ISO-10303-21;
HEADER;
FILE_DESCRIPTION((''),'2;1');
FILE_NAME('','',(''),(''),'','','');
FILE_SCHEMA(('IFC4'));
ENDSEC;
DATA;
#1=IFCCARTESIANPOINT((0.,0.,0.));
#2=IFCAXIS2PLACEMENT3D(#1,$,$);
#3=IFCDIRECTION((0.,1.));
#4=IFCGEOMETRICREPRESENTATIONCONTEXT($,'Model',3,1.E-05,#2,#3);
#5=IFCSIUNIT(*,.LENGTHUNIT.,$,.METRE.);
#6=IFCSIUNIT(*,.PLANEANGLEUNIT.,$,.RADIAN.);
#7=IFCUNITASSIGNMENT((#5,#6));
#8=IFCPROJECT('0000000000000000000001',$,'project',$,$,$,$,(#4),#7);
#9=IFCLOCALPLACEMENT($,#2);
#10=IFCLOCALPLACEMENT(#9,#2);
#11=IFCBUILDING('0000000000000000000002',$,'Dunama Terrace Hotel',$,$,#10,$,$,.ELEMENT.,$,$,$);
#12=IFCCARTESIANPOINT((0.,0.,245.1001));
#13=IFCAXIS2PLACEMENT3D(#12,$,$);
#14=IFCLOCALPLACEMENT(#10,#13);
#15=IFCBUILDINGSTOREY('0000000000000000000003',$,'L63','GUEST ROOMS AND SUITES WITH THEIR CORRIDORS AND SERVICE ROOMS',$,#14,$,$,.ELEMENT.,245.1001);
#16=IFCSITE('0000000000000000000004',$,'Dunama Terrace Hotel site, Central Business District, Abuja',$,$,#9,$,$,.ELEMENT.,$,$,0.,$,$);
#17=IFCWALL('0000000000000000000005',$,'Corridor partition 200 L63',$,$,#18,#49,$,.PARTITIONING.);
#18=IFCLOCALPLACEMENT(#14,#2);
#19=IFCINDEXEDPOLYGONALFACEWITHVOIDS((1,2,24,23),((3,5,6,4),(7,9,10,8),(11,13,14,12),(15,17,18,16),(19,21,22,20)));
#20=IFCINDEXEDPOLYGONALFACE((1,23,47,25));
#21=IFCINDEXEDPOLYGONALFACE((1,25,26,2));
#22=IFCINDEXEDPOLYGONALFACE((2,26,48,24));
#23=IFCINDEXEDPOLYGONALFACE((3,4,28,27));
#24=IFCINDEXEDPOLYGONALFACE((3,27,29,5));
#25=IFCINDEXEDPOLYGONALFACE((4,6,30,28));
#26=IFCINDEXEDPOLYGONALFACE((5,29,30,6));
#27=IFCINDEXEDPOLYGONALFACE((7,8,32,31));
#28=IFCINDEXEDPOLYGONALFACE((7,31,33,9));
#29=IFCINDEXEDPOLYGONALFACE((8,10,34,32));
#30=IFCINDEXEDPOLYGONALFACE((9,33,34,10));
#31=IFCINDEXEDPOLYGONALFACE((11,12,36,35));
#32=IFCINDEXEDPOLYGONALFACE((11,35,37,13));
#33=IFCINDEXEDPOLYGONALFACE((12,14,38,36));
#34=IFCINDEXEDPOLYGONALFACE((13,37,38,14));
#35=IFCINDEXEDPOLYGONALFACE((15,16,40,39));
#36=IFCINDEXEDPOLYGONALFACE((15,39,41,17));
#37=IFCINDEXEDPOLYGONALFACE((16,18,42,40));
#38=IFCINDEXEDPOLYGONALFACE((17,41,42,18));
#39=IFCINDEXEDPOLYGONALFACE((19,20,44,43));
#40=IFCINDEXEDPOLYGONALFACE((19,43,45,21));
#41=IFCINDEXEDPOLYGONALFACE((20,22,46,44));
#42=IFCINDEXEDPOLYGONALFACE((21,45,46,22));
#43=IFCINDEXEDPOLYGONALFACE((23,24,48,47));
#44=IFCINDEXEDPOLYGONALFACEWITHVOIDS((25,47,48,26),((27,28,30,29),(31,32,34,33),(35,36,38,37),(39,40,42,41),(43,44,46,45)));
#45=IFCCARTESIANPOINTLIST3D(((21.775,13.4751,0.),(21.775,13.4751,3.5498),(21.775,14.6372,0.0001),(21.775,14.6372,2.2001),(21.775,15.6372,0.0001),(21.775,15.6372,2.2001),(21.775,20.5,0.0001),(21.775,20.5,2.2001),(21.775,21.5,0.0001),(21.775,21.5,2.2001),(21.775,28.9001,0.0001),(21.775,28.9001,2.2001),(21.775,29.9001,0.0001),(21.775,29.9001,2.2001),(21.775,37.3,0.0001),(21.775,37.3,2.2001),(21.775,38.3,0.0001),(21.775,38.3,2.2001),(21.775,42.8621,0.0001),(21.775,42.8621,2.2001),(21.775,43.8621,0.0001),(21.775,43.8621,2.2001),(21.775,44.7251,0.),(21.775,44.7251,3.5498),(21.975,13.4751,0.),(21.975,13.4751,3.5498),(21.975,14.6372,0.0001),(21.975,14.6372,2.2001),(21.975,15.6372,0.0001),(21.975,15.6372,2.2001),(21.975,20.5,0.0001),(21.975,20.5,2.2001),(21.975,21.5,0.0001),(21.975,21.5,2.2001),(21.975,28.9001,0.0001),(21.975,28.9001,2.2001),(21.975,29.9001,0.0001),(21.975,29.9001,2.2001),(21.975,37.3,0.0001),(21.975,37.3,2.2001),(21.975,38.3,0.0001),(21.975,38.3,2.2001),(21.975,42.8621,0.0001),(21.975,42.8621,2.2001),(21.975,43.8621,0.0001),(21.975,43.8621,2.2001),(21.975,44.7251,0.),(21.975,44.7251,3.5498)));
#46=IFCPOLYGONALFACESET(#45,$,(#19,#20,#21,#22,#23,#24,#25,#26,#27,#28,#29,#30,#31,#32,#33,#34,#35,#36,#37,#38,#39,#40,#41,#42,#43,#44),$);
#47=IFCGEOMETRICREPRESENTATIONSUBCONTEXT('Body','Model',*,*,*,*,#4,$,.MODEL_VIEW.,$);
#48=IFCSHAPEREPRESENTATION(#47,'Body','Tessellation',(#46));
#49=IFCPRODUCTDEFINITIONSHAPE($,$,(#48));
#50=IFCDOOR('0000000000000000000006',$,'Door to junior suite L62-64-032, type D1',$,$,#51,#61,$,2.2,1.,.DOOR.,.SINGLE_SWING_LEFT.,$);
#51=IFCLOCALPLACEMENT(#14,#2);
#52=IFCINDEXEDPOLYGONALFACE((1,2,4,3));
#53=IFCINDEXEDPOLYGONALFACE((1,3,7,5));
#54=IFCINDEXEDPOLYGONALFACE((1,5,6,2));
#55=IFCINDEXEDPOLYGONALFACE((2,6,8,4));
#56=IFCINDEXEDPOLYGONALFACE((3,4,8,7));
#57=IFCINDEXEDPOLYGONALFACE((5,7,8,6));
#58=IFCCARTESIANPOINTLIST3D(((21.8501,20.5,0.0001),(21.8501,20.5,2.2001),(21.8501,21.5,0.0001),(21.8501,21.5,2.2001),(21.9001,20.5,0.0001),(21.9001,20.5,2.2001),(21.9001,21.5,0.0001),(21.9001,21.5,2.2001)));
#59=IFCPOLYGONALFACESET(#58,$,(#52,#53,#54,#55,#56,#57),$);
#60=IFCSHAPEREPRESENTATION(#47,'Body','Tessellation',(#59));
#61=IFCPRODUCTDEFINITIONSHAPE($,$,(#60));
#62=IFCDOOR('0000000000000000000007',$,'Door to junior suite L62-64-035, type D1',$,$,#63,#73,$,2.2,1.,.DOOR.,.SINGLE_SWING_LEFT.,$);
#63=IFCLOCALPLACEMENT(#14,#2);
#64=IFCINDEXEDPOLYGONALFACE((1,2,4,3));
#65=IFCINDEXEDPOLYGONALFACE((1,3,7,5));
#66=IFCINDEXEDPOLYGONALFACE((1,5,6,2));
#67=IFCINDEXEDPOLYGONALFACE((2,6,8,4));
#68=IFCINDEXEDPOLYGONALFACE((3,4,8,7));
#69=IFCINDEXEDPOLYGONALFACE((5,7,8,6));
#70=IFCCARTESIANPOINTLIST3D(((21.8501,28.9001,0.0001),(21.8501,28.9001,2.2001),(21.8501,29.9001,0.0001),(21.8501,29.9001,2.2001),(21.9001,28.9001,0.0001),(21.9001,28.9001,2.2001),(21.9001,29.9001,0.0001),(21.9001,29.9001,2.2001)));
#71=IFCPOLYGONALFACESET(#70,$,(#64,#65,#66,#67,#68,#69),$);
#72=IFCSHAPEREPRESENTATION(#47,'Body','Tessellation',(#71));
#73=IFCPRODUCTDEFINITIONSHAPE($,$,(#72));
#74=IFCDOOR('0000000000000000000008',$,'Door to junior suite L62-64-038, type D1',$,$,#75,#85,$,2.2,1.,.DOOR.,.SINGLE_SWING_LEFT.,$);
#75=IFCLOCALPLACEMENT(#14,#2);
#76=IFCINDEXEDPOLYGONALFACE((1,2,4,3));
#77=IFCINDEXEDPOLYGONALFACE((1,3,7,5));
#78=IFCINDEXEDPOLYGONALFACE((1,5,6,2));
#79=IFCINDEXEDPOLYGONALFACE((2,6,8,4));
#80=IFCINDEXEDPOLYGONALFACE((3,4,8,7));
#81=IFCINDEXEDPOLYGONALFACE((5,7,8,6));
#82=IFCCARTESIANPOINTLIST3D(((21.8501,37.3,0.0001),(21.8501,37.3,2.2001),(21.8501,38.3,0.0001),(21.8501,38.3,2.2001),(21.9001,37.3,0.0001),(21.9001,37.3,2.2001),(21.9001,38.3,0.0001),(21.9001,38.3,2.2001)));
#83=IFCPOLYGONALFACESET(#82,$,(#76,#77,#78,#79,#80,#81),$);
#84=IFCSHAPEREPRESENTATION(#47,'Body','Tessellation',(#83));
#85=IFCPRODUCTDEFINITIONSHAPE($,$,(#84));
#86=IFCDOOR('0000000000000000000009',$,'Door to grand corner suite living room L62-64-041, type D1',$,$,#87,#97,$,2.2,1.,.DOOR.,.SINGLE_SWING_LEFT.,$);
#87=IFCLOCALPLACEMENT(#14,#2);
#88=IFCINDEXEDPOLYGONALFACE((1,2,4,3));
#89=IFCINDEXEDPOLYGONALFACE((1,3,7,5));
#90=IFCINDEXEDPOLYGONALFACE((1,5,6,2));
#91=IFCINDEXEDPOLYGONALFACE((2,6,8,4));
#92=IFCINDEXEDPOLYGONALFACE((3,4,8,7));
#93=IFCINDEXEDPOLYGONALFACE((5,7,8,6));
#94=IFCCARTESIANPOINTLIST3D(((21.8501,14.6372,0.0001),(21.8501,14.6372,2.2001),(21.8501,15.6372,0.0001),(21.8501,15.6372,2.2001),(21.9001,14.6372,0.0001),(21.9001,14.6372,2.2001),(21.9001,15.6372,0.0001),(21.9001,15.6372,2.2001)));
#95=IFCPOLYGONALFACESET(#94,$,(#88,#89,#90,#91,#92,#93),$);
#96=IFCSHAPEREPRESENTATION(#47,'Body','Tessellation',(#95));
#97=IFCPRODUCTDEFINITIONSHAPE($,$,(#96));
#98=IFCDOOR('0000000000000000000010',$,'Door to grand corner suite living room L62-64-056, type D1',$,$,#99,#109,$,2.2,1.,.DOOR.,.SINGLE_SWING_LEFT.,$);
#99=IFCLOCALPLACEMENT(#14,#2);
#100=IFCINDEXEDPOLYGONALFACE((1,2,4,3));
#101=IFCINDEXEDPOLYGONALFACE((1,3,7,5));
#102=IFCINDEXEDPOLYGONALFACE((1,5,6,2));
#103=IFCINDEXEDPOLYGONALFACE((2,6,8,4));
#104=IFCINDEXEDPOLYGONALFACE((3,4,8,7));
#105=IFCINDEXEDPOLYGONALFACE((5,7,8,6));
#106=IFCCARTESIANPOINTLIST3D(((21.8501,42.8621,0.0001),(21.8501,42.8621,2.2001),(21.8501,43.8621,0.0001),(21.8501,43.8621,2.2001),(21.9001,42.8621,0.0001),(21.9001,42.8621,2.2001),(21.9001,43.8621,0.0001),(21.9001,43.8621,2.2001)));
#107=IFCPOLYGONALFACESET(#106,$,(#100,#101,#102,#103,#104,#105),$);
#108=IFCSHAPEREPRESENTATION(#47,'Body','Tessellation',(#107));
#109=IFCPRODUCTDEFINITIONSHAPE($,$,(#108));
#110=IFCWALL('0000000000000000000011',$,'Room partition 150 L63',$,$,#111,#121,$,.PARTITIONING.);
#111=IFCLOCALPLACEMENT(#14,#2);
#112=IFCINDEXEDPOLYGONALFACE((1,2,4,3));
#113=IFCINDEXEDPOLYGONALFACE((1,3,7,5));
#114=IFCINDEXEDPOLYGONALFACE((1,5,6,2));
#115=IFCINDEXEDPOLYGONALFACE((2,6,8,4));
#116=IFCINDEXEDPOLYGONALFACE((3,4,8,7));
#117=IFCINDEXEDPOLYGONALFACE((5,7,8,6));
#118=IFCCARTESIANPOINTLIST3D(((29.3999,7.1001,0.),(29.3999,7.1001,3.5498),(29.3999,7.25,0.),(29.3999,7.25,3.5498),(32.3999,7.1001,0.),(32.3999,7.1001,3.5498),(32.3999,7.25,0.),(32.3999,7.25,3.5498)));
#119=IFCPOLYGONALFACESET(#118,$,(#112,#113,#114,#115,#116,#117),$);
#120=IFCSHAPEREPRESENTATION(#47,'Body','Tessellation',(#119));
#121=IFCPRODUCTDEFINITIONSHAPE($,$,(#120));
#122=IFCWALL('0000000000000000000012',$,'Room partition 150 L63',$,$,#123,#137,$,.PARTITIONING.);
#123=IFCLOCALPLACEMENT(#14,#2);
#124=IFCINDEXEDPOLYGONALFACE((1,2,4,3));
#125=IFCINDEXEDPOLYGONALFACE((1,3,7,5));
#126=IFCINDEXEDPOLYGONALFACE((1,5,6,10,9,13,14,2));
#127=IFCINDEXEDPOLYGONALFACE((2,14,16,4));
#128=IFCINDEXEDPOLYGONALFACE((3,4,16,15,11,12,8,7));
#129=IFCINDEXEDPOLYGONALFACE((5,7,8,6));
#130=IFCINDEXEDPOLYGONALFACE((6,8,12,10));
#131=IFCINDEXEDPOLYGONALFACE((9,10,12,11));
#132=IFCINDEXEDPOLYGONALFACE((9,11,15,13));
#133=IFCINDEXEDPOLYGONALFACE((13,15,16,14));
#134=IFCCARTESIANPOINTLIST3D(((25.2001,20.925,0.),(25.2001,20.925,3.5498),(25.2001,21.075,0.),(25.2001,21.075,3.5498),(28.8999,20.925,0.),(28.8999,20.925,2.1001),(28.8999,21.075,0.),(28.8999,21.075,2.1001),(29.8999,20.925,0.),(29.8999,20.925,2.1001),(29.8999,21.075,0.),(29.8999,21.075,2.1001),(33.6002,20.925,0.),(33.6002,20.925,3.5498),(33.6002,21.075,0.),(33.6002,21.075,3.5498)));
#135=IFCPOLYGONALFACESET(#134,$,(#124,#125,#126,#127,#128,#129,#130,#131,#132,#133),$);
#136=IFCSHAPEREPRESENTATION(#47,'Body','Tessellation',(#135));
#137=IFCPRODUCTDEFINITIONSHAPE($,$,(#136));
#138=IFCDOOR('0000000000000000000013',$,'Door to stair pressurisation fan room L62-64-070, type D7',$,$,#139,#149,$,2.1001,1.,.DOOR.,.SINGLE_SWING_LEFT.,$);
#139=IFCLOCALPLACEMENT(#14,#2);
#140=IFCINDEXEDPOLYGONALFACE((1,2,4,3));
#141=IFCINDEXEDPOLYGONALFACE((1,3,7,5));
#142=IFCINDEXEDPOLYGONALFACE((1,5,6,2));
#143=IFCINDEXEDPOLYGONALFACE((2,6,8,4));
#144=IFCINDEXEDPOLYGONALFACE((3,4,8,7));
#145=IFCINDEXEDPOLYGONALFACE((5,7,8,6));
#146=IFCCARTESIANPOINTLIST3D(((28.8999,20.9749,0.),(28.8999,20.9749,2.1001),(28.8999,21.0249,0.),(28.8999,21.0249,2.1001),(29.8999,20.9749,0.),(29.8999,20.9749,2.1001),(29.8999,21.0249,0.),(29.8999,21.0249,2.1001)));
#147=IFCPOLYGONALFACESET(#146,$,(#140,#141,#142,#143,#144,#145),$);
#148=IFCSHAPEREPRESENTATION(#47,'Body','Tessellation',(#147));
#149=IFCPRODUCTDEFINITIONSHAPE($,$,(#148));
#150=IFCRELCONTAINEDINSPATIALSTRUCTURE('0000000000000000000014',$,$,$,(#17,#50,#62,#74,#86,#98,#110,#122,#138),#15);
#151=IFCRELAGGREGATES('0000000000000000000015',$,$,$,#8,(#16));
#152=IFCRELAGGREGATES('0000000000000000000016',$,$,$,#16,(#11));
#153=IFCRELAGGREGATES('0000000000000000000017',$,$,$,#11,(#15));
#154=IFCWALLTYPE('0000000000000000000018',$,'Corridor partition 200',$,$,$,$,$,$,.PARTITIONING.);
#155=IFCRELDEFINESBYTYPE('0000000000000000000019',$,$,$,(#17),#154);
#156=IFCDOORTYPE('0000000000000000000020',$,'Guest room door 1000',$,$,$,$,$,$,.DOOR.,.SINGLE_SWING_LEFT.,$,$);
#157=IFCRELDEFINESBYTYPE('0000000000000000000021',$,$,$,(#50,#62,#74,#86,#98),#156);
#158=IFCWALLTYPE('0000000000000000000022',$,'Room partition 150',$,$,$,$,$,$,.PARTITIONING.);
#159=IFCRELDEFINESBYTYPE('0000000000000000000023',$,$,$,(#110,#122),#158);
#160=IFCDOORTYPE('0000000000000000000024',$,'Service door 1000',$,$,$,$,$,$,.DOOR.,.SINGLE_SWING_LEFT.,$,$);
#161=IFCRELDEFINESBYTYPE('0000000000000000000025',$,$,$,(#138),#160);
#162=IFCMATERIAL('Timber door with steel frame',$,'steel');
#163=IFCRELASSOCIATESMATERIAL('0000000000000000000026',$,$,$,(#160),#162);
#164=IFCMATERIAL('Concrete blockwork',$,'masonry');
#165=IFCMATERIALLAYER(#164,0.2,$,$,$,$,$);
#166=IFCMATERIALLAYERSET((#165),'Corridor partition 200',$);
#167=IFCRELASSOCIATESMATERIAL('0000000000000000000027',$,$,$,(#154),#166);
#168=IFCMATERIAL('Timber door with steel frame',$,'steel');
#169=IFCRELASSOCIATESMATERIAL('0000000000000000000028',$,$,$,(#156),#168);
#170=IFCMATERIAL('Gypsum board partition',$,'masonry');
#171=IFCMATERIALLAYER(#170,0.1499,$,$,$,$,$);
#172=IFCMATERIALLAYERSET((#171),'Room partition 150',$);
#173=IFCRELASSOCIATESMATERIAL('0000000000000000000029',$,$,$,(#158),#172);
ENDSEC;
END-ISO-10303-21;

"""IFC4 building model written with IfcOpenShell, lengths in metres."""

from ifc_helpers import new_model, si_unit, direction, frame, frame_2d, origin, place, context, subcontext, project, spatial, rectangle, extrude, material, layer, layer_set, type_object, element, fill, save


model = new_model("IFC4")

# Units and contexts
model_context = context("Model", 3, precision=1e-05, world=origin(), true_north=direction((0.0, 1.0)))
body_context = subcontext(model_context, "Body", "Model", "MODEL_VIEW")
ifc_project = project(units=[si_unit("LENGTHUNIT", "METRE"), si_unit("PLANEANGLEUNIT", "RADIAN")], contexts=[model_context])

# Site, building, storey
site_placement = place(None, origin())
site = spatial("IfcSite", under=ifc_project, at=site_placement, Name="Dunama Terrace Hotel site, Central Business District, Abuja", CompositionType="ELEMENT", RefElevation=0.0)
building_placement = place(site_placement, origin())
building = spatial("IfcBuilding", under=site, at=building_placement, Name="Dunama Terrace Hotel", CompositionType="ELEMENT")
storey_placement = place(building_placement, frame((0.0, 0.0, 245.1001)))
storey = spatial("IfcBuildingStorey", under=building, at=storey_placement, Name="L63", Description="GUEST ROOMS AND SUITES WITH THEIR CORRIDORS AND SERVICE ROOMS", CompositionType="ELEMENT", Elevation=245.1001)

# Wall, openings, doors
ifc_material_1 = material(Name="Timber door with steel frame", Category="steel")
door_type_1 = type_object("IfcDoorType", Name="Service door 1000", OperationType="SINGLE_SWING_LEFT", PredefinedType="DOOR", material=ifc_material_1)
ifc_material_2 = material(Name="Concrete blockwork", Category="masonry")
ifc_layer_1 = layer(ifc_material_2, 0.2)
ifc_layer_set_1 = layer_set([ifc_layer_1], Name="Corridor partition 200")
wall_type_1 = type_object("IfcWallType", Name="Corridor partition 200", PredefinedType="PARTITIONING", material=ifc_layer_set_1)
wall_1_placement = place(storey_placement, frame((21.875, 13.4751, 0.0), z_axis=(0.0, 0.0, 1.0), x_axis=(0.0, 1.0, 0.0)))
wall_1 = element("IfcWall", 1, at=wall_1_placement, inside=storey, type_object=wall_type_1, Name="Corridor partition 200 L63", PredefinedType="PARTITIONING", context=body_context, shape_type="SweptSolid", body=[
    extrude(rectangle(XDim=31.25, YDim=0.2, at=frame_2d((15.625, 0.0))), origin(), (0.0, 0.0, 1.0), 3.5498),
])
opening_1_placement = place(wall_1_placement, frame((7.0249, 0.0, 0.0)))
opening_1 = element("IfcOpeningElement", 2, at=opening_1_placement, cuts=wall_1, PredefinedType="OPENING", context=body_context, shape_type="SweptSolid", body=[
    extrude(rectangle(XDim=1.0, YDim=2.2, at=frame_2d((0.5, 1.1001))), frame((0.0, 0.1099, 0.0), z_axis=(0.0, -1.0, 0.0), x_axis=(1.0, 0.0, 0.0)), (0.0, 0.0, 1.0), 0.22),
])
opening_2_placement = place(wall_1_placement, frame((15.425, 0.0, 0.0)))
opening_2 = element("IfcOpeningElement", 3, at=opening_2_placement, cuts=wall_1, PredefinedType="OPENING", context=body_context, shape_type="SweptSolid", body=[
    extrude(rectangle(XDim=1.0, YDim=2.2, at=frame_2d((0.5, 1.1001))), frame((0.0, 0.1099, 0.0), z_axis=(0.0, -1.0, 0.0), x_axis=(1.0, 0.0, 0.0)), (0.0, 0.0, 1.0), 0.22),
])
opening_3_placement = place(wall_1_placement, frame((23.825, 0.0, 0.0)))
opening_3 = element("IfcOpeningElement", 4, at=opening_3_placement, cuts=wall_1, PredefinedType="OPENING", context=body_context, shape_type="SweptSolid", body=[
    extrude(rectangle(XDim=1.0, YDim=2.2, at=frame_2d((0.5, 1.1001))), frame((0.0, 0.1099, 0.0), z_axis=(0.0, -1.0, 0.0), x_axis=(1.0, 0.0, 0.0)), (0.0, 0.0, 1.0), 0.22),
])
opening_4_placement = place(wall_1_placement, frame((1.1621, 0.0, 0.0)))
opening_4 = element("IfcOpeningElement", 5, at=opening_4_placement, cuts=wall_1, PredefinedType="OPENING", context=body_context, shape_type="SweptSolid", body=[
    extrude(rectangle(XDim=1.0, YDim=2.2, at=frame_2d((0.5, 1.1001))), frame((0.0, 0.1099, 0.0), z_axis=(0.0, -1.0, 0.0), x_axis=(1.0, 0.0, 0.0)), (0.0, 0.0, 1.0), 0.22),
])
opening_5_placement = place(wall_1_placement, frame((29.387, 0.0, 0.0)))
opening_5 = element("IfcOpeningElement", 6, at=opening_5_placement, cuts=wall_1, PredefinedType="OPENING", context=body_context, shape_type="SweptSolid", body=[
    extrude(rectangle(XDim=1.0, YDim=2.2, at=frame_2d((0.5, 1.1001))), frame((0.0, 0.1099, 0.0), z_axis=(0.0, -1.0, 0.0), x_axis=(1.0, 0.0, 0.0)), (0.0, 0.0, 1.0), 0.22),
])
ifc_material_3 = material(Name="Timber door with steel frame", Category="steel")
door_type_2 = type_object("IfcDoorType", Name="Guest room door 1000", OperationType="SINGLE_SWING_LEFT", PredefinedType="DOOR", material=ifc_material_3)
door_1_placement = place(opening_1_placement, origin())
door_1 = element("IfcDoor", 7, at=door_1_placement, inside=storey, type_object=door_type_2, Name="Door to junior suite L62-64-032, type D1", OperationType="SINGLE_SWING_LEFT", OverallHeight=2.2, OverallWidth=1.0, PredefinedType="DOOR", context=body_context, shape_type="SweptSolid", body=[
    extrude(rectangle(XDim=1.0, YDim=2.2, at=frame_2d((0.5, 1.1001))), frame((0.0, 0.0249, 0.0), z_axis=(0.0, -1.0, 0.0), x_axis=(1.0, 0.0, 0.0)), (0.0, 0.0, 1.0), 0.05),
])
fill(opening_1, door_1)
door_2_placement = place(opening_2_placement, origin())
door_2 = element("IfcDoor", 8, at=door_2_placement, inside=storey, type_object=door_type_2, Name="Door to junior suite L62-64-035, type D1", OperationType="SINGLE_SWING_LEFT", OverallHeight=2.2, OverallWidth=1.0, PredefinedType="DOOR", context=body_context, shape_type="SweptSolid", body=[
    extrude(rectangle(XDim=1.0, YDim=2.2, at=frame_2d((0.5, 1.1001))), frame((0.0, 0.0249, 0.0), z_axis=(0.0, -1.0, 0.0), x_axis=(1.0, 0.0, 0.0)), (0.0, 0.0, 1.0), 0.05),
])
fill(opening_2, door_2)
door_3_placement = place(opening_3_placement, origin())
door_3 = element("IfcDoor", 9, at=door_3_placement, inside=storey, type_object=door_type_2, Name="Door to junior suite L62-64-038, type D1", OperationType="SINGLE_SWING_LEFT", OverallHeight=2.2, OverallWidth=1.0, PredefinedType="DOOR", context=body_context, shape_type="SweptSolid", body=[
    extrude(rectangle(XDim=1.0, YDim=2.2, at=frame_2d((0.5, 1.1001))), frame((0.0, 0.0249, 0.0), z_axis=(0.0, -1.0, 0.0), x_axis=(1.0, 0.0, 0.0)), (0.0, 0.0, 1.0), 0.05),
])
fill(opening_3, door_3)
door_4_placement = place(opening_4_placement, origin())
door_4 = element("IfcDoor", 10, at=door_4_placement, inside=storey, type_object=door_type_2, Name="Door to grand corner suite living room L62-64-041, type D1", OperationType="SINGLE_SWING_LEFT", OverallHeight=2.2, OverallWidth=1.0, PredefinedType="DOOR", context=body_context, shape_type="SweptSolid", body=[
    extrude(rectangle(XDim=1.0, YDim=2.2, at=frame_2d((0.5, 1.1001))), frame((0.0, 0.0249, 0.0), z_axis=(0.0, -1.0, 0.0), x_axis=(1.0, 0.0, 0.0)), (0.0, 0.0, 1.0), 0.05),
])
fill(opening_4, door_4)
door_5_placement = place(opening_5_placement, origin())
door_5 = element("IfcDoor", 11, at=door_5_placement, inside=storey, type_object=door_type_2, Name="Door to grand corner suite living room L62-64-056, type D1", OperationType="SINGLE_SWING_LEFT", OverallHeight=2.2, OverallWidth=1.0, PredefinedType="DOOR", context=body_context, shape_type="SweptSolid", body=[
    extrude(rectangle(XDim=1.0, YDim=2.2, at=frame_2d((0.5, 1.1001))), frame((0.0, 0.0249, 0.0), z_axis=(0.0, -1.0, 0.0), x_axis=(1.0, 0.0, 0.0)), (0.0, 0.0, 1.0), 0.05),
])
fill(opening_5, door_5)

# Wall
ifc_material_4 = material(Name="Gypsum board partition", Category="masonry")
ifc_layer_2 = layer(ifc_material_4, 0.1499)
ifc_layer_set_2 = layer_set([ifc_layer_2], Name="Room partition 150")
wall_type_2 = type_object("IfcWallType", Name="Room partition 150", PredefinedType="PARTITIONING", material=ifc_layer_set_2)
wall_2_placement = place(storey_placement, frame((29.3999, 7.175, 0.0), z_axis=(0.0, 0.0, 1.0), x_axis=(1.0, 0.0, 0.0)))
element("IfcWall", 12, at=wall_2_placement, inside=storey, type_object=wall_type_2, Name="Room partition 150 L63", PredefinedType="PARTITIONING", context=body_context, shape_type="SweptSolid", body=[
    extrude(rectangle(XDim=3.0, YDim=0.1499, at=frame_2d((1.5, 0.0))), origin(), (0.0, 0.0, 1.0), 3.5498),
])

# Wall, opening, door
wall_3_placement = place(storey_placement, frame((25.2, 21.0, 0.0), z_axis=(0.0, 0.0, 1.0), x_axis=(1.0, 0.0, 0.0)))
wall_3 = element("IfcWall", 13, at=wall_3_placement, inside=storey, type_object=wall_type_2, Name="Room partition 150 L63", PredefinedType="PARTITIONING", context=body_context, shape_type="SweptSolid", body=[
    extrude(rectangle(XDim=8.4001, YDim=0.1499, at=frame_2d((4.2002, 0.0))), origin(), (0.0, 0.0, 1.0), 3.5498),
])
opening_6_placement = place(wall_3_placement, frame((3.7, 0.0, 0.0)))
opening_6 = element("IfcOpeningElement", 14, at=opening_6_placement, cuts=wall_3, PredefinedType="OPENING", context=body_context, shape_type="SweptSolid", body=[
    extrude(rectangle(XDim=1.0, YDim=2.1001, at=frame_2d((0.5, 1.05))), frame((0.0, 0.085, 0.0), z_axis=(0.0, -1.0, 0.0), x_axis=(1.0, 0.0, 0.0)), (0.0, 0.0, 1.0), 0.1699),
])
door_6_placement = place(opening_6_placement, origin())
door_6 = element("IfcDoor", 15, at=door_6_placement, inside=storey, type_object=door_type_1, Name="Door to stair pressurisation fan room L62-64-070, type D7", OperationType="SINGLE_SWING_LEFT", OverallHeight=2.1001, OverallWidth=1.0, PredefinedType="DOOR", context=body_context, shape_type="SweptSolid", body=[
    extrude(rectangle(XDim=1.0, YDim=2.1001, at=frame_2d((0.5, 1.05))), frame((0.0, 0.0249, 0.0), z_axis=(0.0, -1.0, 0.0), x_axis=(1.0, 0.0, 0.0)), (0.0, 0.0, 1.0), 0.05),
])
fill(opening_6, door_6)

save(model, "model.ifc")
